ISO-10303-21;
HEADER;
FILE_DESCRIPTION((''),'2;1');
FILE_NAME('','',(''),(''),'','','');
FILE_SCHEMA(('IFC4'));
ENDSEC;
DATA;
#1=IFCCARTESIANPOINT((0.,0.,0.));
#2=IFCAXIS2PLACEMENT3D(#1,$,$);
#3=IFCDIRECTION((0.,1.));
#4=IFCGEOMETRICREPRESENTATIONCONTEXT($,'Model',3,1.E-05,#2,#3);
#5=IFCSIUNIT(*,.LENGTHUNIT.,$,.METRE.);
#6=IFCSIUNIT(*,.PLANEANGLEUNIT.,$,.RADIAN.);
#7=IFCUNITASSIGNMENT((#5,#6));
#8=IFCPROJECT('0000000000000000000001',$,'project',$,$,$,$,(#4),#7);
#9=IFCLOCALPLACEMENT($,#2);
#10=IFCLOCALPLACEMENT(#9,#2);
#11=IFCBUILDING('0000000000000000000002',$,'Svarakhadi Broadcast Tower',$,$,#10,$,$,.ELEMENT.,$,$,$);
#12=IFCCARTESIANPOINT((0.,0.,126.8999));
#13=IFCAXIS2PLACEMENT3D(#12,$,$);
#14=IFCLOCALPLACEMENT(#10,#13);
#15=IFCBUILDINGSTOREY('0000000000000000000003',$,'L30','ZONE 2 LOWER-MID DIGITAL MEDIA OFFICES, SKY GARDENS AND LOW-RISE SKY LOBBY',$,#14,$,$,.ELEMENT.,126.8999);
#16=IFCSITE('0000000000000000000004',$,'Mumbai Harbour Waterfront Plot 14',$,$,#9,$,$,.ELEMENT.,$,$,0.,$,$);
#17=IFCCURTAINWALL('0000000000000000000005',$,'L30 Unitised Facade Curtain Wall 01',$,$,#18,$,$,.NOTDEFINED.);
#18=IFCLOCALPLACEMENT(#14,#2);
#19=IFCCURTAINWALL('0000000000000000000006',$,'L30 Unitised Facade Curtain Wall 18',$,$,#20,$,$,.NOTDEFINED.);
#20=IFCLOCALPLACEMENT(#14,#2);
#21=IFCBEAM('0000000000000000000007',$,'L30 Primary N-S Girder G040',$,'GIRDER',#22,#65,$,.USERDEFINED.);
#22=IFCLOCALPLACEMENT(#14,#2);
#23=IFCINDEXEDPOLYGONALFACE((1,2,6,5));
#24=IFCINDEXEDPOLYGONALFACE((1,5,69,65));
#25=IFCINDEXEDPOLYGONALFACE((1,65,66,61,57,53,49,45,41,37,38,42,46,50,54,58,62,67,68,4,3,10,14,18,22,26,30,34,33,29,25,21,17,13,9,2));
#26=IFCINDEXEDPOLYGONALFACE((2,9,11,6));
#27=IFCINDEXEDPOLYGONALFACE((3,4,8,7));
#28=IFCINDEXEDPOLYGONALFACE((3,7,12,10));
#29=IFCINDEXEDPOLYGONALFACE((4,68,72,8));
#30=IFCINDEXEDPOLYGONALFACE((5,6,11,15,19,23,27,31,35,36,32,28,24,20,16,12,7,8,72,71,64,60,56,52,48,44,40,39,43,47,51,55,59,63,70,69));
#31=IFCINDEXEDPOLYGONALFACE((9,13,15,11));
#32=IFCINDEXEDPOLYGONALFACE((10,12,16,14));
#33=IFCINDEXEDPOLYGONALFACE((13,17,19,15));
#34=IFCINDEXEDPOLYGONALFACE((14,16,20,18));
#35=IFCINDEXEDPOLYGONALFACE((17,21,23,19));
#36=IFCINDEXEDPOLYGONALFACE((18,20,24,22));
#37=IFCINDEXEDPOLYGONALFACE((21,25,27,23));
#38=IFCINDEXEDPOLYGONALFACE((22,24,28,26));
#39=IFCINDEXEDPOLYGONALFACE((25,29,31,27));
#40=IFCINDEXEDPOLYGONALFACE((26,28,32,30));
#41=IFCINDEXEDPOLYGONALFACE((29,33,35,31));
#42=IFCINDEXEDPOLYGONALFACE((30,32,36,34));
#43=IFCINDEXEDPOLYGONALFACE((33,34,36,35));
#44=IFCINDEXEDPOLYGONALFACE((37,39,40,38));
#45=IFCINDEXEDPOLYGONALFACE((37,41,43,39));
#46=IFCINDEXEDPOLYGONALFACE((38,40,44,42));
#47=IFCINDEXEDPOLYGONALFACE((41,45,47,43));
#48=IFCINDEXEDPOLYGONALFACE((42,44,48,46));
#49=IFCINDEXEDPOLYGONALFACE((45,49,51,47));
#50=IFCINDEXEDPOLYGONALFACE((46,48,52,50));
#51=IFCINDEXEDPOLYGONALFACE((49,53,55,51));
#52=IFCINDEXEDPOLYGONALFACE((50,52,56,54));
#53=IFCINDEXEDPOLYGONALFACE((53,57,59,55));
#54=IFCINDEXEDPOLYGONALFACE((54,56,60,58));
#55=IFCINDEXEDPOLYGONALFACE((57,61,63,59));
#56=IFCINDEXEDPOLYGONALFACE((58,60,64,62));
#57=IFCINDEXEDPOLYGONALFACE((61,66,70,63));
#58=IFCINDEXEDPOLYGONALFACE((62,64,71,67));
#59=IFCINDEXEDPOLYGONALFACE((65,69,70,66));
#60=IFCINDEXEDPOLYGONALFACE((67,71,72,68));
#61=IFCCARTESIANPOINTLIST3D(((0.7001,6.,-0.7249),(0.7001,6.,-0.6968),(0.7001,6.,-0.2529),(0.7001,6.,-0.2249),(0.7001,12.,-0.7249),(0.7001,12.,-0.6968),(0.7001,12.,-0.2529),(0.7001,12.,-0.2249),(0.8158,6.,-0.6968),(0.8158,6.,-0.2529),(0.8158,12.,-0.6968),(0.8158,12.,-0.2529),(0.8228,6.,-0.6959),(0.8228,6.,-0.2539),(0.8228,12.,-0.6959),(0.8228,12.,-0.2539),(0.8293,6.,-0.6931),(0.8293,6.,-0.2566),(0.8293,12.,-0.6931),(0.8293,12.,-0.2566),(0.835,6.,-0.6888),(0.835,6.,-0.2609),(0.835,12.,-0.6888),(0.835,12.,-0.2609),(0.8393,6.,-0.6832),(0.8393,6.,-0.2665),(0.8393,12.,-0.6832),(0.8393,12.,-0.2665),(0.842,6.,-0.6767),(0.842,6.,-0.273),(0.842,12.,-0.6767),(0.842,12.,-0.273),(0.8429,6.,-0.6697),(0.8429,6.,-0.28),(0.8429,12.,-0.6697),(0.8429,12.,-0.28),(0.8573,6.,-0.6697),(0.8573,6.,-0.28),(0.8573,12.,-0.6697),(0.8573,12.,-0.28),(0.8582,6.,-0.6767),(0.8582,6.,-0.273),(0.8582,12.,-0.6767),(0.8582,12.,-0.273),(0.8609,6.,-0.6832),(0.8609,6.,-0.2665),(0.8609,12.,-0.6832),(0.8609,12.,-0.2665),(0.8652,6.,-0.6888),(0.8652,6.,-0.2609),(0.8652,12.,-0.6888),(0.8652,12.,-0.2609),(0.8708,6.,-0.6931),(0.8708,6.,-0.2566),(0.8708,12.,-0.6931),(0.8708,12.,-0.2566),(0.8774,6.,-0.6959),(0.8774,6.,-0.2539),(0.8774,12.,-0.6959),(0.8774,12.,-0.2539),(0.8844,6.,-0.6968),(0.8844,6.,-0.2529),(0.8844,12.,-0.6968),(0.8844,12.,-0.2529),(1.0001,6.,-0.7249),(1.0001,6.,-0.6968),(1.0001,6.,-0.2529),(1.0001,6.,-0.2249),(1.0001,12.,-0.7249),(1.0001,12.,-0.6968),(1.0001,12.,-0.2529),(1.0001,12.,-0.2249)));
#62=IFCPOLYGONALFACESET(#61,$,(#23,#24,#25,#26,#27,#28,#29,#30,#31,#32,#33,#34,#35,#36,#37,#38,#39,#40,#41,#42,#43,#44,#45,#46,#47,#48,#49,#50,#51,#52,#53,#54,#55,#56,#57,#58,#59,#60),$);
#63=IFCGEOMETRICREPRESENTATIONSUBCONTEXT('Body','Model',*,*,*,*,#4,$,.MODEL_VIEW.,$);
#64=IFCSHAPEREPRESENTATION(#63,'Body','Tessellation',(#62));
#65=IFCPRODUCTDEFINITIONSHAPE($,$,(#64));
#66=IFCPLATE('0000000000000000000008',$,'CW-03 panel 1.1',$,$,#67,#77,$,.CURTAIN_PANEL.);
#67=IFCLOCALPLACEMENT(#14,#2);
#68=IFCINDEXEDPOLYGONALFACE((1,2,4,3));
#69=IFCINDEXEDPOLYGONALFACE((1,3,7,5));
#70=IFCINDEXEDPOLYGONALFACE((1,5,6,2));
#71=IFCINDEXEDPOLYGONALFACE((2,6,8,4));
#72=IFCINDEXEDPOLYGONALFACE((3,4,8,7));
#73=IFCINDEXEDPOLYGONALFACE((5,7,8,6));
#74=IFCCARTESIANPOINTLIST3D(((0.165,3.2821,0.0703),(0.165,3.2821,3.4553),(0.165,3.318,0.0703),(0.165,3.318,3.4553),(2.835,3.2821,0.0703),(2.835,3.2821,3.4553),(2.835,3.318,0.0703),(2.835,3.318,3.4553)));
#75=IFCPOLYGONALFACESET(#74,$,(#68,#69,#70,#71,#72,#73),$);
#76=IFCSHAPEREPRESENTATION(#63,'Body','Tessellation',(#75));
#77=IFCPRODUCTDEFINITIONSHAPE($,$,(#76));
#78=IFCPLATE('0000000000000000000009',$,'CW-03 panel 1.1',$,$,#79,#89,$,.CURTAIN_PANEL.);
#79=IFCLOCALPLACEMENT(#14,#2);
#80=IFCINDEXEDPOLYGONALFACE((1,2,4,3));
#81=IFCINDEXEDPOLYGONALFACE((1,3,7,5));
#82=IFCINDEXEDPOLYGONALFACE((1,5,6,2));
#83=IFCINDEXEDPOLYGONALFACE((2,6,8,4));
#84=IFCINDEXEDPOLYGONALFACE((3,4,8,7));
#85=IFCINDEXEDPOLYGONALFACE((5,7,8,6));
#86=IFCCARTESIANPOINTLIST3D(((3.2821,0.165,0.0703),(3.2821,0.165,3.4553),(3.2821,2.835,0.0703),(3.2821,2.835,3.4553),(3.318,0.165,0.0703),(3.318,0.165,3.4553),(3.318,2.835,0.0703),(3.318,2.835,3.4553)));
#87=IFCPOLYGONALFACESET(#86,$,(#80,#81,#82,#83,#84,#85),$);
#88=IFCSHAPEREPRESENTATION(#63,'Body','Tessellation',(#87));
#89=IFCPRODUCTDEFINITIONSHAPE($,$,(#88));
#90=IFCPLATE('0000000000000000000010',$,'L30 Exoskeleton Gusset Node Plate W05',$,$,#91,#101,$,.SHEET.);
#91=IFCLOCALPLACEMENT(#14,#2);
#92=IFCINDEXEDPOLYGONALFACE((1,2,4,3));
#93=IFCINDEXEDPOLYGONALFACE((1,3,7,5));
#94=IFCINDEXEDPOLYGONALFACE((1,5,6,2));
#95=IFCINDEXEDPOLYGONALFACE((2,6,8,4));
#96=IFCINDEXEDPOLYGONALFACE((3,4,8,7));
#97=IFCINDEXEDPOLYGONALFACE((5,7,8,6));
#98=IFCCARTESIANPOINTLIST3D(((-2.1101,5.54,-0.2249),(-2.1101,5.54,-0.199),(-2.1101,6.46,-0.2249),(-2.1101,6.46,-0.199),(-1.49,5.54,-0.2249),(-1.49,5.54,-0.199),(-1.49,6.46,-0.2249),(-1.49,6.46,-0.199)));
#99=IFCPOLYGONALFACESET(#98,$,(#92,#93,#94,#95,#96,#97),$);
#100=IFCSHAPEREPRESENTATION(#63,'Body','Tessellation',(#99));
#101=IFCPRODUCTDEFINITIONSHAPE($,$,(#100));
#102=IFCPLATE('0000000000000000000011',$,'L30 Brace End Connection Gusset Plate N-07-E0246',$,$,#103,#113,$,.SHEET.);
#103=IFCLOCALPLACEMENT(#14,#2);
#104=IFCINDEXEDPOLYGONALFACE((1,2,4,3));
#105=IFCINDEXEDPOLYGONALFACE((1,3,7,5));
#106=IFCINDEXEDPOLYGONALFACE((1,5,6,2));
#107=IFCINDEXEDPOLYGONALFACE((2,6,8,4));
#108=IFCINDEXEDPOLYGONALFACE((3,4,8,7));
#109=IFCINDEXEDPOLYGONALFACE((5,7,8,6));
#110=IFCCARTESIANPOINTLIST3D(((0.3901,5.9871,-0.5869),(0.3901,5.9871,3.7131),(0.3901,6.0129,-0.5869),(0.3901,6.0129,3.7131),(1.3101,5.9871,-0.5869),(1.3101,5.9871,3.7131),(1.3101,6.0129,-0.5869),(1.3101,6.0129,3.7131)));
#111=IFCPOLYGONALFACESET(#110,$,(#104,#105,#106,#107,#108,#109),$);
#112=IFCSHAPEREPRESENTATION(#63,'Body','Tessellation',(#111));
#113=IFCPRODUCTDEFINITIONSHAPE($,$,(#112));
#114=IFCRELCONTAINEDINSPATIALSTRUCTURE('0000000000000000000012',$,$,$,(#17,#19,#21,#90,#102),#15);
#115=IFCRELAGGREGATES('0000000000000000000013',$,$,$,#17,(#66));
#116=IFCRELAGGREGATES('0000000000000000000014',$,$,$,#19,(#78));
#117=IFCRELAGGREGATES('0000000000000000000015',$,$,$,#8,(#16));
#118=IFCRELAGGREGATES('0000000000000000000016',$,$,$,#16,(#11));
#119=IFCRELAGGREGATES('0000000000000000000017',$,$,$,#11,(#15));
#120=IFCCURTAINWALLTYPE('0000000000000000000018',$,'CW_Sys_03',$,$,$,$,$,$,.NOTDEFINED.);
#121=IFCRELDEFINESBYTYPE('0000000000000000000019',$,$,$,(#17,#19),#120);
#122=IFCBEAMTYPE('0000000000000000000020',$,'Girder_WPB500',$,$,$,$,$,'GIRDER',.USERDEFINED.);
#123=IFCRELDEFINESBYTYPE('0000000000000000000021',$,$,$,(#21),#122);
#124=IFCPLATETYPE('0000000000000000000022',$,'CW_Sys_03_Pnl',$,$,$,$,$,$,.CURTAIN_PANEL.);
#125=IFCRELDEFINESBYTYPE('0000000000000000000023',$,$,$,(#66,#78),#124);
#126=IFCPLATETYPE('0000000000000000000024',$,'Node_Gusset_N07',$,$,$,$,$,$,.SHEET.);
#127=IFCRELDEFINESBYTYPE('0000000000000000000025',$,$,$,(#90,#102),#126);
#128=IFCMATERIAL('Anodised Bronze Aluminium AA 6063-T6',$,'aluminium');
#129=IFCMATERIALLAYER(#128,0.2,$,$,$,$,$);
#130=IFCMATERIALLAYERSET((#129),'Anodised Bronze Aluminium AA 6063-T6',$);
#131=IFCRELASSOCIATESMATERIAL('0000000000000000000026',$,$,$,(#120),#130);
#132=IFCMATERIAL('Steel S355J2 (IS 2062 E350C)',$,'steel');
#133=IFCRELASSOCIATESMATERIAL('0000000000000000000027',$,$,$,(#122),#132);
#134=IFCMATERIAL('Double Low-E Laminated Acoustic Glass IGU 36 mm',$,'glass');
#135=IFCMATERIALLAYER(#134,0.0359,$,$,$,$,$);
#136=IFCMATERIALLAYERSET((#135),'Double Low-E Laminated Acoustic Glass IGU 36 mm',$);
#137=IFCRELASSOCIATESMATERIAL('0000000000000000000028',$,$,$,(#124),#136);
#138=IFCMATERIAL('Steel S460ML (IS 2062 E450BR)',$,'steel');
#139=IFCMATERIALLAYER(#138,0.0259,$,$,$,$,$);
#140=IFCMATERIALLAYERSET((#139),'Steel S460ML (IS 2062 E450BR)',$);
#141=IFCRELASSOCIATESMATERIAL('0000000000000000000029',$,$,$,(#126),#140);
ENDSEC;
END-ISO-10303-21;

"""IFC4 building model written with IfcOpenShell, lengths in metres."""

from ifc_helpers import new_model, si_unit, direction, frame, origin, origin_2d, place, context, subcontext, project, spatial, rectangle, i_section, extrude, material, layer, layer_set, material_profile, profile_set, type_object, element, aggregate, save


model = new_model("IFC4")

# Units and contexts
model_context = context("Model", 3, precision=1e-05, world=origin(), true_north=direction((0.0, 1.0)))
body_context = subcontext(model_context, "Body", "Model", "MODEL_VIEW")
ifc_project = project(units=[si_unit("LENGTHUNIT", "METRE"), si_unit("PLANEANGLEUNIT", "RADIAN")], contexts=[model_context])

# Site, building, storey
site_placement = place(None, origin())
site = spatial("IfcSite", under=ifc_project, at=site_placement, Name="Mumbai Harbour Waterfront Plot 14", CompositionType="ELEMENT", RefElevation=0.0)
building_placement = place(site_placement, origin())
building = spatial("IfcBuilding", under=site, at=building_placement, Name="Svarakhadi Broadcast Tower", CompositionType="ELEMENT")
storey_placement = place(building_placement, frame((0.0, 0.0, 126.8999)))
storey = spatial("IfcBuildingStorey", under=building, at=storey_placement, Name="L30", Description="ZONE 2 LOWER-MID DIGITAL MEDIA OFFICES, SKY GARDENS AND LOW-RISE SKY LOBBY", CompositionType="ELEMENT", Elevation=126.8999)

# Shared definitions
ifc_material_1 = material(Name="Steel S460ML (IS 2062 E450BR)", Category="steel")

# Curtain wall
ifc_material_2 = material(Name="Anodised Bronze Aluminium AA 6063-T6", Category="aluminium")
ifc_layer_1 = layer(ifc_material_2, 0.2)
ifc_layer_set_1 = layer_set([ifc_layer_1], Name="Anodised Bronze Aluminium AA 6063-T6")
curtain_wall_type = type_object("IfcCurtainWallType", Name="CW_Sys_03", PredefinedType="NOTDEFINED", material=ifc_layer_set_1)
curtain_wall_1_placement = place(storey_placement, origin())
curtain_wall_1 = element("IfcCurtainWall", 1, at=curtain_wall_1_placement, inside=storey, type_object=curtain_wall_type, Name="L30 Unitised Facade Curtain Wall 01", PredefinedType="NOTDEFINED")

# Curtain wall
curtain_wall_2_placement = place(storey_placement, origin())
curtain_wall_2 = element("IfcCurtainWall", 2, at=curtain_wall_2_placement, inside=storey, type_object=curtain_wall_type, Name="L30 Unitised Facade Curtain Wall 18", PredefinedType="NOTDEFINED")

# Beam
ifc_material_3 = material(Name="Steel S355J2 (IS 2062 E350C)", Category="steel")
ifc_material_profile_1 = material_profile(ifc_material_3, i_section(OverallWidth=0.3, OverallDepth=0.5, WebThickness=0.0144, FlangeThickness=0.0281, FilletRadius=0.0271, at=origin_2d()), Name="WPB 500x300x187")
ifc_profile_set_1 = profile_set([ifc_material_profile_1], Name="Steel S355J2 (IS 2062 E350C)")
beam_type = type_object("IfcBeamType", Name="Girder_WPB500", ElementType="GIRDER", PredefinedType="USERDEFINED", material=ifc_profile_set_1)
beam_1_placement = place(storey_placement, frame((0.8501, 6.0, -0.4749), z_axis=(0.0, 1.0, 0.0), x_axis=(-1.0, 0.0, 0.0)))
element("IfcBeam", 3, at=beam_1_placement, inside=storey, type_object=beam_type, Name="L30 Primary N-S Girder G040", ObjectType="GIRDER", PredefinedType="USERDEFINED", context=body_context, shape_type="SweptSolid", body=[
    extrude(i_section(OverallWidth=0.3, OverallDepth=0.5, WebThickness=0.0144, FlangeThickness=0.0281, FilletRadius=0.0271, at=origin_2d()), origin(), (0.0, 0.0, 1.0), 6.0),
])

# Plates
ifc_material_4 = material(Name="Double Low-E Laminated Acoustic Glass IGU 36 mm", Category="glass")
ifc_layer_2 = layer(ifc_material_4, 0.0359)
ifc_layer_set_2 = layer_set([ifc_layer_2], Name="Double Low-E Laminated Acoustic Glass IGU 36 mm")
plate_type_1 = type_object("IfcPlateType", Name="CW_Sys_03_Pnl", PredefinedType="CURTAIN_PANEL", material=ifc_layer_set_2)
plate_1_placement = place(storey_placement, frame((1.5, 3.3, 0.0703), z_axis=(0.0, 0.0, 1.0), x_axis=(-1.0, 0.0, 0.0)))
plate_1 = element("IfcPlate", 4, at=plate_1_placement, type_object=plate_type_1, Name="CW-03 panel 1.1", PredefinedType="CURTAIN_PANEL", context=body_context, shape_type="SweptSolid", body=[
    extrude(rectangle(XDim=2.6699, YDim=0.0359, at=origin_2d()), origin(), (0.0, 0.0, 1.0), 3.385),
])
aggregate(curtain_wall_1, [plate_1])
plate_2_placement = place(storey_placement, frame((3.3, 1.5, 0.0703), z_axis=(0.0, 0.0, 1.0), x_axis=(0.0, 1.0, 0.0)))
plate_2 = element("IfcPlate", 5, at=plate_2_placement, type_object=plate_type_1, Name="CW-03 panel 1.1", PredefinedType="CURTAIN_PANEL", context=body_context, shape_type="SweptSolid", body=[
    extrude(rectangle(XDim=2.6699, YDim=0.0359, at=origin_2d()), origin(), (0.0, 0.0, 1.0), 3.385),
])
aggregate(curtain_wall_2, [plate_2])

# Plates
ifc_layer_3 = layer(ifc_material_1, 0.0259)
ifc_layer_set_3 = layer_set([ifc_layer_3], Name="Steel S460ML (IS 2062 E450BR)")
plate_type_2 = type_object("IfcPlateType", Name="Node_Gusset_N07", PredefinedType="SHEET", material=ifc_layer_set_3)
plate_3_placement = place(storey_placement, frame((-1.8, 6.0, -0.2249), z_axis=(0.0, 0.0, 1.0), x_axis=(0.0, 1.0, 0.0)))
element("IfcPlate", 6, at=plate_3_placement, inside=storey, type_object=plate_type_2, Name="L30 Exoskeleton Gusset Node Plate W05", PredefinedType="SHEET", context=body_context, shape_type="SweptSolid", body=[
    extrude(rectangle(XDim=0.9199, YDim=0.6201, at=origin_2d()), origin(), (0.0, 0.0, 1.0), 0.0259),
])
plate_4_placement = place(storey_placement, frame((0.8501, 6.0, -0.5869), z_axis=(0.0, 0.0, 1.0), x_axis=(1.0, 0.0, 0.0)))
element("IfcPlate", 7, at=plate_4_placement, inside=storey, type_object=plate_type_2, Name="L30 Brace End Connection Gusset Plate N-07-E0246", PredefinedType="SHEET", context=body_context, shape_type="SweptSolid", body=[
    extrude(rectangle(XDim=0.9199, YDim=0.0259, at=origin_2d()), origin(), (0.0, 0.0, 1.0), 4.3),
])

save(model, "model.ifc")
